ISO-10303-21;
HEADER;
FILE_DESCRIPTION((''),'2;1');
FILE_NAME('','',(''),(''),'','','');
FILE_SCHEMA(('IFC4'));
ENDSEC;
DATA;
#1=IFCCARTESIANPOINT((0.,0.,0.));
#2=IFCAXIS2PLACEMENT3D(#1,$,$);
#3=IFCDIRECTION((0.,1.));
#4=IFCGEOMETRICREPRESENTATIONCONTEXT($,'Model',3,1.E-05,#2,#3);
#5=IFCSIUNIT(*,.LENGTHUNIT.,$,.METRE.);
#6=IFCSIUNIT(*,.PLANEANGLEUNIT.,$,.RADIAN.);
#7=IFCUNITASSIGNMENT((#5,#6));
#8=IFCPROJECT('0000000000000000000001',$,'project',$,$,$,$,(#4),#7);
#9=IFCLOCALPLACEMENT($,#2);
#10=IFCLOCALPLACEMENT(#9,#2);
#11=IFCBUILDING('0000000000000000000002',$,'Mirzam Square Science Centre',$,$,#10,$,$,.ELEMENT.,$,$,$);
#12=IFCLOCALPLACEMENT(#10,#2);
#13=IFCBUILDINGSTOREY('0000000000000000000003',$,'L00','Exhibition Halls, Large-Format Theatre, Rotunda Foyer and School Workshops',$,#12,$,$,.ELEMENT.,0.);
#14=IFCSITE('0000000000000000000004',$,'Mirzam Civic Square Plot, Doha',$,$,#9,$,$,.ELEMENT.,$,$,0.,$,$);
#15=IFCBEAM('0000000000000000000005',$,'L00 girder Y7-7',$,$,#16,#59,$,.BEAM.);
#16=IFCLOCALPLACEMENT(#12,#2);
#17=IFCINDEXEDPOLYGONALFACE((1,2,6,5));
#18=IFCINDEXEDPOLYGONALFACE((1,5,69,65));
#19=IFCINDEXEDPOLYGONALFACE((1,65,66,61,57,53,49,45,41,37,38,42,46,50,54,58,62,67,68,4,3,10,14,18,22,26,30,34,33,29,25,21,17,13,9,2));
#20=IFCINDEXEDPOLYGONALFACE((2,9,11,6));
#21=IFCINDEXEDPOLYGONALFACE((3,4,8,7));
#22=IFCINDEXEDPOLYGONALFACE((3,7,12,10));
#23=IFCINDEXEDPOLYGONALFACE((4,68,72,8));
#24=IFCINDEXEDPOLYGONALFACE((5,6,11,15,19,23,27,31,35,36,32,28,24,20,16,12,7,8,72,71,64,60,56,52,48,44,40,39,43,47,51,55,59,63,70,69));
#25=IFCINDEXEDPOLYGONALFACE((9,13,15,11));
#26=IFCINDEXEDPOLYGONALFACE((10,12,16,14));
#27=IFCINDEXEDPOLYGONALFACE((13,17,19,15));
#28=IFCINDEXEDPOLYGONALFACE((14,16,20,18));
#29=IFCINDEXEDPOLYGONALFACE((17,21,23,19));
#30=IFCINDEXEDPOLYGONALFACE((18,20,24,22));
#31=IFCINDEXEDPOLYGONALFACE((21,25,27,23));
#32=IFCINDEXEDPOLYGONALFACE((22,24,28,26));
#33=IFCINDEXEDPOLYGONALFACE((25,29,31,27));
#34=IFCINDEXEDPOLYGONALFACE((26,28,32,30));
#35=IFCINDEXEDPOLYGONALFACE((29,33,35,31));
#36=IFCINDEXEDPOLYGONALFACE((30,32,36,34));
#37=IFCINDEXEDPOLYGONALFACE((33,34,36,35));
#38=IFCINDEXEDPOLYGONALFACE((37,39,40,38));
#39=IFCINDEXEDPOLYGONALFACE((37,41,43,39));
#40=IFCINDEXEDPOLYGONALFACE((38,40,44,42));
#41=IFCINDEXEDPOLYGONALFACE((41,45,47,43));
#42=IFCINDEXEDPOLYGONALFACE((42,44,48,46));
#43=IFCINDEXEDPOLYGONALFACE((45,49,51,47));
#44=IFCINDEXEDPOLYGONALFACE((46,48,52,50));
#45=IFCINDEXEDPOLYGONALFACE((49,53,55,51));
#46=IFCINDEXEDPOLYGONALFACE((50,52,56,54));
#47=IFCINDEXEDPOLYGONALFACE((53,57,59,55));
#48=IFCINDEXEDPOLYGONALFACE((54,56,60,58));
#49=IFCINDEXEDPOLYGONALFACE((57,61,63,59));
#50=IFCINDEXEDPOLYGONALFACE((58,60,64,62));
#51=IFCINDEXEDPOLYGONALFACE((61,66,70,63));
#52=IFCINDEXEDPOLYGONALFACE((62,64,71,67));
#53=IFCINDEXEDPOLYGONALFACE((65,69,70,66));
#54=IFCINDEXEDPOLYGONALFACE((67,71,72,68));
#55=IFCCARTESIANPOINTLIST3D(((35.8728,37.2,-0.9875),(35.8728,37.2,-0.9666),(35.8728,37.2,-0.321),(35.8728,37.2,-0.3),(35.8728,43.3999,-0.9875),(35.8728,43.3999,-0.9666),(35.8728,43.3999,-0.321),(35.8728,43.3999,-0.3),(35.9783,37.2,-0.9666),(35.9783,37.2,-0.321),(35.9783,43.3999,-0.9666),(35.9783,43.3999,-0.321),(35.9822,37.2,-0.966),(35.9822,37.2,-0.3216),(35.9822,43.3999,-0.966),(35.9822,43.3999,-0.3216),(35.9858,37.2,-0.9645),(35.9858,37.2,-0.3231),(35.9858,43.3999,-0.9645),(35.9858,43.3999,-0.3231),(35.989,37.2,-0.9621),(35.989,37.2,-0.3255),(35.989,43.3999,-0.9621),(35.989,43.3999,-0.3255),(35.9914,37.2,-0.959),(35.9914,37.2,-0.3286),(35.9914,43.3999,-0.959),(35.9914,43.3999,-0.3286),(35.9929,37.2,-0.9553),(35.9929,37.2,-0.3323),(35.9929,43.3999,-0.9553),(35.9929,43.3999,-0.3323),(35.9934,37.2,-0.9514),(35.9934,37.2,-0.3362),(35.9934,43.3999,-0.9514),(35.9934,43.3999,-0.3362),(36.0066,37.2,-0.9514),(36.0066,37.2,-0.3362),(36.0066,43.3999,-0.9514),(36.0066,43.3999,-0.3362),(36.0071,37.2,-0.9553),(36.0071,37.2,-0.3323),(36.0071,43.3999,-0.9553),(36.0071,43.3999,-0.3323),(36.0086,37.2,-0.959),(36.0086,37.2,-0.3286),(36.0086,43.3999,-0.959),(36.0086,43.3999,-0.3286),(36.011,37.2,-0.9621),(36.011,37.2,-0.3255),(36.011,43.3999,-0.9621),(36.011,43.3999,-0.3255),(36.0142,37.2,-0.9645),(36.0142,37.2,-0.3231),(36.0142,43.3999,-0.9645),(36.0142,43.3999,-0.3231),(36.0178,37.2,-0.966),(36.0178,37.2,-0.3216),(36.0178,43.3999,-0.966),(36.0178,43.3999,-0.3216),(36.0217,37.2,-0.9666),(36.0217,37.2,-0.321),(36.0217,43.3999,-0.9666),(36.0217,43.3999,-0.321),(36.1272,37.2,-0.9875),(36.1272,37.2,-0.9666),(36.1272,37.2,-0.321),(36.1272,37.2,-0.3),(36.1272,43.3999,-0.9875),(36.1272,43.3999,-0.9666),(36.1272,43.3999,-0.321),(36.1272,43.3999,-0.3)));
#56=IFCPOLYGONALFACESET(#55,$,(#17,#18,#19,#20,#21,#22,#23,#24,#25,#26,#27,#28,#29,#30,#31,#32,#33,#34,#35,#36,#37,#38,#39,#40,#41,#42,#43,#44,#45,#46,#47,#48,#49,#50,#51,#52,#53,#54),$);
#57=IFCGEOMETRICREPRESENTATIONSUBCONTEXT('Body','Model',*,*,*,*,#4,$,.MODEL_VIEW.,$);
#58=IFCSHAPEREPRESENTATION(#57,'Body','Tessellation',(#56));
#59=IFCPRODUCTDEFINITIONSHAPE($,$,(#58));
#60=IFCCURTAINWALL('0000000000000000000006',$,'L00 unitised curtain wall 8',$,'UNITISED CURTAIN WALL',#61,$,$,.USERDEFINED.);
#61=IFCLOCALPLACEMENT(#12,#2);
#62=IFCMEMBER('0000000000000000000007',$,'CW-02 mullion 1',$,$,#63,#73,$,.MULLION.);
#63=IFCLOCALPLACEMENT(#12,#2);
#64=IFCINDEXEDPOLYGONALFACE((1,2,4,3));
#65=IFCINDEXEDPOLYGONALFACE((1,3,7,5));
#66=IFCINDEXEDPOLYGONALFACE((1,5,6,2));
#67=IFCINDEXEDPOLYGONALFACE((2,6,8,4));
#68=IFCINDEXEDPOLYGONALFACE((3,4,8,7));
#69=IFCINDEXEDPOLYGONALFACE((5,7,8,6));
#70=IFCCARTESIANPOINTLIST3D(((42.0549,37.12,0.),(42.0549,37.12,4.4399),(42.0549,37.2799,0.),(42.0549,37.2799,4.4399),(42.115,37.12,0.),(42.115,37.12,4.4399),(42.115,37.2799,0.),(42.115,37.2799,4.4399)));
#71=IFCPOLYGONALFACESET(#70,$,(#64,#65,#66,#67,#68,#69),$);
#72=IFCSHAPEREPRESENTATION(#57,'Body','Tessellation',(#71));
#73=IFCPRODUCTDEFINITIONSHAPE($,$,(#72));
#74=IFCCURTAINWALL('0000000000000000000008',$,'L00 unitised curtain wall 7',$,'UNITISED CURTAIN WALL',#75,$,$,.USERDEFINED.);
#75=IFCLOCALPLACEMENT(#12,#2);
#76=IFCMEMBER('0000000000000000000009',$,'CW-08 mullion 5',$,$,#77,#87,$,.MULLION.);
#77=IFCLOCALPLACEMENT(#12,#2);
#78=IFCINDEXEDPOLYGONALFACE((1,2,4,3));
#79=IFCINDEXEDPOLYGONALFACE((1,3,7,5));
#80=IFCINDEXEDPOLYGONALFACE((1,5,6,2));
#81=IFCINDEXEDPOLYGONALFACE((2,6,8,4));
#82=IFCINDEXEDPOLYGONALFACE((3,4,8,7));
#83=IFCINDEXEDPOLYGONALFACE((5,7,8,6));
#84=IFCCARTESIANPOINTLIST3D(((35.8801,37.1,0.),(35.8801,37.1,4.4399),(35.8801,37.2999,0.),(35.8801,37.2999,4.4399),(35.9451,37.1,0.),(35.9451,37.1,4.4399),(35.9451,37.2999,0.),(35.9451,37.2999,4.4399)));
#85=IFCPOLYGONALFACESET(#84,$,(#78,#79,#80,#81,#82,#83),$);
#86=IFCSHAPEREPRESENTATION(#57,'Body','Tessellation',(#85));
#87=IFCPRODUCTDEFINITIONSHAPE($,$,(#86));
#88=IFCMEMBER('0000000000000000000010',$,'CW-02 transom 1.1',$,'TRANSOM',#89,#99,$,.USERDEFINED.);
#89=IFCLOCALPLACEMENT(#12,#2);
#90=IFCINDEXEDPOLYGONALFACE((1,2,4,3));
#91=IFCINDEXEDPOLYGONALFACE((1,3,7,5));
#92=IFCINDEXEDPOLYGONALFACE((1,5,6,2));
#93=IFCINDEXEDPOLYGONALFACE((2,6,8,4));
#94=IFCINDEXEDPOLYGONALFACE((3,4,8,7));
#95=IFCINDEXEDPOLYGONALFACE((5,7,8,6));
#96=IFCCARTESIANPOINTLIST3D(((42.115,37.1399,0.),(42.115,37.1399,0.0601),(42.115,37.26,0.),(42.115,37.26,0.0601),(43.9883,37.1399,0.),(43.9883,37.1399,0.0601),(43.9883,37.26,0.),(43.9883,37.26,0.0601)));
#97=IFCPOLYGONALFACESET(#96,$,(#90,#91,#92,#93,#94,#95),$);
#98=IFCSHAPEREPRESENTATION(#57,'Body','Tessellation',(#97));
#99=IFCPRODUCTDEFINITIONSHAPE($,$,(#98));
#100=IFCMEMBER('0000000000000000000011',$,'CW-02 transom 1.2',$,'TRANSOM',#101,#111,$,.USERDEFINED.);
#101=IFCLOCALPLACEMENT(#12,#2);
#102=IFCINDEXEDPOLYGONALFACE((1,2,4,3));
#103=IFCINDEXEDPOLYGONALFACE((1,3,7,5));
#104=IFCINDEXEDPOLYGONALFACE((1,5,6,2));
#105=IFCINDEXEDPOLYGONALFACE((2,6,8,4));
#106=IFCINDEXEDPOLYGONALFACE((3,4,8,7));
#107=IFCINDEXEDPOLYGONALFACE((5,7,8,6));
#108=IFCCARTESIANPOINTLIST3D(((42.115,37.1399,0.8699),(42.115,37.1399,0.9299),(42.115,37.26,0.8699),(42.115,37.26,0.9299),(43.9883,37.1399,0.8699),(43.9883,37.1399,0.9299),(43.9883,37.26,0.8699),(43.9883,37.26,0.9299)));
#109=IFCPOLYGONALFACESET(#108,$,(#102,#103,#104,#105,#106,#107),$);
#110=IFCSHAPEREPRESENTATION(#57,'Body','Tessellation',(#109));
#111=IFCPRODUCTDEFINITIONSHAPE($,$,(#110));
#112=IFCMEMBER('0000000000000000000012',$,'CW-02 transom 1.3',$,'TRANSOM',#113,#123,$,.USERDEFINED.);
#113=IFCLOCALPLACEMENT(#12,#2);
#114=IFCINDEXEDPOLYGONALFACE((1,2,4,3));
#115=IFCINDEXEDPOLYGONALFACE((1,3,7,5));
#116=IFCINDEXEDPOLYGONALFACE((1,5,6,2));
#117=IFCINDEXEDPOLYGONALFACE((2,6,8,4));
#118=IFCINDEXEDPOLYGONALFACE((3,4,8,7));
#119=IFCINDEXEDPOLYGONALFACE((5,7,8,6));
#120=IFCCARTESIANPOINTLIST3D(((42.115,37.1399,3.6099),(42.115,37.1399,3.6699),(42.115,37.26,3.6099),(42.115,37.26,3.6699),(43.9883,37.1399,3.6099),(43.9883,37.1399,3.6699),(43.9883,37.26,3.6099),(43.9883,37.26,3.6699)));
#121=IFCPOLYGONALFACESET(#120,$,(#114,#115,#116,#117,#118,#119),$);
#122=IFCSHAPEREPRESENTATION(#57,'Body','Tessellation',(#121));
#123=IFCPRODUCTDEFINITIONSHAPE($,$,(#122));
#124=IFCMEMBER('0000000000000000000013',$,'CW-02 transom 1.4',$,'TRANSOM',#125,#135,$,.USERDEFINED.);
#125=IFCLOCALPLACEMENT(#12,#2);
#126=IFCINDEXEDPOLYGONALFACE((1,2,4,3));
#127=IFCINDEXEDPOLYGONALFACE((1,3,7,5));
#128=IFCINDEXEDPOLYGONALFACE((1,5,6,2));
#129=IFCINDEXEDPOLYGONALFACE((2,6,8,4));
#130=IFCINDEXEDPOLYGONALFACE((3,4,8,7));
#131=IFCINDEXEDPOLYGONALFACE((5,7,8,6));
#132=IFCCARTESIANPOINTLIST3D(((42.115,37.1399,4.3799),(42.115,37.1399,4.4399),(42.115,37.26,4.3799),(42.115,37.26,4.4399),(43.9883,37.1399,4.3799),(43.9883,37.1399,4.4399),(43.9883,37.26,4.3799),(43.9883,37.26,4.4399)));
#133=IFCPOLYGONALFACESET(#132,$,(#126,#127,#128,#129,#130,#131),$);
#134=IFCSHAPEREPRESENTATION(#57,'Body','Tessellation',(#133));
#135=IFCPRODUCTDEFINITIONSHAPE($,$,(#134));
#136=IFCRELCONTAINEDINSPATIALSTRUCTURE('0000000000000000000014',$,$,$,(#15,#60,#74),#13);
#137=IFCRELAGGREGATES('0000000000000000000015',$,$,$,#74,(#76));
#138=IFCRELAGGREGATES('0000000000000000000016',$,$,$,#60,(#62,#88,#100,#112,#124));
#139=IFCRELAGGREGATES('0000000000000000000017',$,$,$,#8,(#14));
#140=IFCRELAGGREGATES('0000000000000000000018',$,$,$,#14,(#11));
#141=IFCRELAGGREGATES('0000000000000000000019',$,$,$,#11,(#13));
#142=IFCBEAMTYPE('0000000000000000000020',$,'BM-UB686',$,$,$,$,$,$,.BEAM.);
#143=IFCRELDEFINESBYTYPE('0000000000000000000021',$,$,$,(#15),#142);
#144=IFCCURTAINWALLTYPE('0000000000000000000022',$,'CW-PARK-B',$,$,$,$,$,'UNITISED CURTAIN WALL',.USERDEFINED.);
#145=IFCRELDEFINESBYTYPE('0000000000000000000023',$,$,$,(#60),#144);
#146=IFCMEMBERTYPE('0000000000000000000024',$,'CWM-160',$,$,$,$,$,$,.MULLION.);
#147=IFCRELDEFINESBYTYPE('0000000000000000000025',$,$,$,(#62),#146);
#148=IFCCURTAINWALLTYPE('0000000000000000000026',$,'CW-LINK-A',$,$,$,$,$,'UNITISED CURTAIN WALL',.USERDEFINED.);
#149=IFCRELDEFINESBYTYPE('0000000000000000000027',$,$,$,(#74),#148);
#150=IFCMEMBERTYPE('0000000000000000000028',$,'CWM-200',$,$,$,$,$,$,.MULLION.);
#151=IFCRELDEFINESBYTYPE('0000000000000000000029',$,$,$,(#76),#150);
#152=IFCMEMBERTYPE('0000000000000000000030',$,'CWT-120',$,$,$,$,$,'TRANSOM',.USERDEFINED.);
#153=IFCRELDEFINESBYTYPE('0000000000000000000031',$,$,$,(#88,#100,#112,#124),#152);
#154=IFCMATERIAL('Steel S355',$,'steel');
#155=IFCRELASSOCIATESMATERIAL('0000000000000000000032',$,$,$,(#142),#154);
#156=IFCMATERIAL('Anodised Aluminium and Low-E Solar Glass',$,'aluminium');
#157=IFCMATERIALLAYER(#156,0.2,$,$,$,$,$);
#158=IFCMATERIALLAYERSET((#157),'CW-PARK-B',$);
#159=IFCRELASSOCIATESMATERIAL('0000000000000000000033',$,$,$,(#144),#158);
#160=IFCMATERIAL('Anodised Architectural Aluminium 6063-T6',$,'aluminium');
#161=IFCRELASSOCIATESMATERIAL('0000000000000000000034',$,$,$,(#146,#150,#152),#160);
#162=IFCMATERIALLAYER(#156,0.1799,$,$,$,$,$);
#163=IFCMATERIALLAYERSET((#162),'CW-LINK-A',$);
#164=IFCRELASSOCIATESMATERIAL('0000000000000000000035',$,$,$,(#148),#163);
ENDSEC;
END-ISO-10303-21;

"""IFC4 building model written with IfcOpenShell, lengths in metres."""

from ifc_helpers import new_model, si_unit, direction, frame, origin, origin_2d, place, context, subcontext, project, spatial, rectangle, i_section, extrude, material, layer, layer_set, material_profile, profile_set, type_object, element, aggregate, save


model = new_model("IFC4")

# Units and contexts
model_context = context("Model", 3, precision=1e-05, world=origin(), true_north=direction((0.0, 1.0)))
body_context = subcontext(model_context, "Body", "Model", "MODEL_VIEW")
ifc_project = project(units=[si_unit("LENGTHUNIT", "METRE"), si_unit("PLANEANGLEUNIT", "RADIAN")], contexts=[model_context])

# Site, building, storey
site_placement = place(None, origin())
site = spatial("IfcSite", under=ifc_project, at=site_placement, Name="Mirzam Civic Square Plot, Doha", CompositionType="ELEMENT", RefElevation=0.0)
building_placement = place(site_placement, origin())
building = spatial("IfcBuilding", under=site, at=building_placement, Name="Mirzam Square Science Centre", CompositionType="ELEMENT")
storey_placement = place(building_placement, origin())
storey = spatial("IfcBuildingStorey", under=building, at=storey_placement, Name="L00", Description="Exhibition Halls, Large-Format Theatre, Rotunda Foyer and School Workshops", CompositionType="ELEMENT", Elevation=0.0)

# Shared definitions
ifc_material_1 = material(Name="Steel S355", Category="steel")

# Beam
ifc_material_profile_1 = material_profile(ifc_material_1, i_section(OverallWidth=0.2544, OverallDepth=0.6875, WebThickness=0.0132, FlangeThickness=0.021, FilletRadius=0.0151, at=origin_2d()), Name="686x254x152UB")
ifc_profile_set_1 = profile_set([ifc_material_profile_1], Name="Steel S355")
beam_type_1 = type_object("IfcBeamType", Name="BM-UB686", PredefinedType="BEAM", material=ifc_profile_set_1)
beam_1_placement = place(storey_placement, frame((36.0, 37.2, -0.6438), z_axis=(0.0, 1.0, 0.0), x_axis=(-1.0, 0.0, 0.0)))
element("IfcBeam", 1, at=beam_1_placement, inside=storey, type_object=beam_type_1, Name="L00 girder Y7-7", PredefinedType="BEAM", context=body_context, shape_type="SweptSolid", body=[
    extrude(i_section(OverallWidth=0.2544, OverallDepth=0.6875, WebThickness=0.0132, FlangeThickness=0.021, FilletRadius=0.0151, at=origin_2d()), origin(), (0.0, 0.0, 1.0), 6.2),
])

# Curtain walls, members
ifc_material_2 = material(Name="Anodised Aluminium and Low-E Solar Glass", Category="aluminium")
ifc_layer_1 = layer(ifc_material_2, 0.2)
ifc_layer_set_1 = layer_set([ifc_layer_1], Name="CW-PARK-B")
curtain_wall_type_1 = type_object("IfcCurtainWallType", Name="CW-PARK-B", ElementType="UNITISED CURTAIN WALL", PredefinedType="USERDEFINED", material=ifc_layer_set_1)
curtain_wall_1_placement = place(storey_placement, origin())
curtain_wall_1 = element("IfcCurtainWall", 2, at=curtain_wall_1_placement, inside=storey, type_object=curtain_wall_type_1, Name="L00 unitised curtain wall 8", ObjectType="UNITISED CURTAIN WALL", PredefinedType="USERDEFINED")
ifc_material_3 = material(Name="Anodised Architectural Aluminium 6063-T6", Category="aluminium")
ifc_material_profile_2 = material_profile(ifc_material_3, rectangle(XDim=0.0601, YDim=0.1599, at=origin_2d()), Name="ALU-MULL-160x60x4")
ifc_profile_set_2 = profile_set([ifc_material_profile_2], Name="Anodised Architectural Aluminium 6063-T6")
member_type_1 = type_object("IfcMemberType", Name="CWM-160", PredefinedType="MULLION", material=ifc_profile_set_2)
member_1_placement = place(storey_placement, frame((42.085, 37.2, 0.0), z_axis=(0.0, 0.0, 1.0), x_axis=(1.0, 0.0, 0.0)))
member_1 = element("IfcMember", 3, at=member_1_placement, type_object=member_type_1, Name="CW-02 mullion 1", PredefinedType="MULLION", context=body_context, shape_type="SweptSolid", body=[
    extrude(rectangle(XDim=0.0601, YDim=0.1599, at=origin_2d()), origin(), (0.0, 0.0, 1.0), 4.4399),
])
ifc_layer_2 = layer(ifc_material_2, 0.1799)
ifc_layer_set_2 = layer_set([ifc_layer_2], Name="CW-LINK-A")
curtain_wall_type_2 = type_object("IfcCurtainWallType", Name="CW-LINK-A", ElementType="UNITISED CURTAIN WALL", PredefinedType="USERDEFINED", material=ifc_layer_set_2)
curtain_wall_2_placement = place(storey_placement, origin())
curtain_wall_2 = element("IfcCurtainWall", 4, at=curtain_wall_2_placement, inside=storey, type_object=curtain_wall_type_2, Name="L00 unitised curtain wall 7", ObjectType="UNITISED CURTAIN WALL", PredefinedType="USERDEFINED")
ifc_material_profile_3 = material_profile(ifc_material_3, rectangle(XDim=0.0649, YDim=0.2, at=origin_2d()), Name="ALU-MULL-200x65x5")
ifc_profile_set_3 = profile_set([ifc_material_profile_3], Name="Anodised Architectural Aluminium 6063-T6")
member_type_2 = type_object("IfcMemberType", Name="CWM-200", PredefinedType="MULLION", material=ifc_profile_set_3)
member_2_placement = place(storey_placement, frame((35.9126, 37.2, 0.0), z_axis=(0.0, 0.0, 1.0), x_axis=(1.0, 0.0, 0.0)))
member_2 = element("IfcMember", 5, at=member_2_placement, type_object=member_type_2, Name="CW-08 mullion 5", PredefinedType="MULLION", context=body_context, shape_type="SweptSolid", body=[
    extrude(rectangle(XDim=0.0649, YDim=0.2, at=origin_2d()), origin(), (0.0, 0.0, 1.0), 4.4399),
])

# Members
ifc_material_profile_4 = material_profile(ifc_material_3, rectangle(XDim=0.1201, YDim=0.0601, at=origin_2d()), Name="ALU-TRAN-120x60x4")
ifc_profile_set_4 = profile_set([ifc_material_profile_4], Name="Anodised Architectural Aluminium 6063-T6")
member_type_3 = type_object("IfcMemberType", Name="CWT-120", ElementType="TRANSOM", PredefinedType="USERDEFINED", material=ifc_profile_set_4)
member_3_placement = place(storey_placement, frame((42.115, 37.2, 0.03), z_axis=(1.0, 0.0, 0.0), x_axis=(0.0, 1.0, 0.0)))
member_3 = element("IfcMember", 6, at=member_3_placement, type_object=member_type_3, Name="CW-02 transom 1.1", ObjectType="TRANSOM", PredefinedType="USERDEFINED", context=body_context, shape_type="SweptSolid", body=[
    extrude(rectangle(XDim=0.1201, YDim=0.0601, at=origin_2d()), origin(), (0.0, 0.0, 1.0), 1.8733),
])
member_4_placement = place(storey_placement, frame((42.115, 37.2, 0.8999), z_axis=(1.0, 0.0, 0.0), x_axis=(0.0, 1.0, 0.0)))
member_4 = element("IfcMember", 7, at=member_4_placement, type_object=member_type_3, Name="CW-02 transom 1.2", ObjectType="TRANSOM", PredefinedType="USERDEFINED", context=body_context, shape_type="SweptSolid", body=[
    extrude(rectangle(XDim=0.1201, YDim=0.0601, at=origin_2d()), origin(), (0.0, 0.0, 1.0), 1.8733),
])
member_5_placement = place(storey_placement, frame((42.115, 37.2, 3.6399), z_axis=(1.0, 0.0, 0.0), x_axis=(0.0, 1.0, 0.0)))
member_5 = element("IfcMember", 8, at=member_5_placement, type_object=member_type_3, Name="CW-02 transom 1.3", ObjectType="TRANSOM", PredefinedType="USERDEFINED", context=body_context, shape_type="SweptSolid", body=[
    extrude(rectangle(XDim=0.1201, YDim=0.0601, at=origin_2d()), origin(), (0.0, 0.0, 1.0), 1.8733),
])
member_6_placement = place(storey_placement, frame((42.115, 37.2, 4.4099), z_axis=(1.0, 0.0, 0.0), x_axis=(0.0, 1.0, 0.0)))
member_6 = element("IfcMember", 9, at=member_6_placement, type_object=member_type_3, Name="CW-02 transom 1.4", ObjectType="TRANSOM", PredefinedType="USERDEFINED", context=body_context, shape_type="SweptSolid", body=[
    extrude(rectangle(XDim=0.1201, YDim=0.0601, at=origin_2d()), origin(), (0.0, 0.0, 1.0), 1.8733),
])

aggregate(curtain_wall_2, [member_2])
aggregate(curtain_wall_1, [member_1, member_3, member_4, member_5, member_6])

save(model, "model.ifc")
